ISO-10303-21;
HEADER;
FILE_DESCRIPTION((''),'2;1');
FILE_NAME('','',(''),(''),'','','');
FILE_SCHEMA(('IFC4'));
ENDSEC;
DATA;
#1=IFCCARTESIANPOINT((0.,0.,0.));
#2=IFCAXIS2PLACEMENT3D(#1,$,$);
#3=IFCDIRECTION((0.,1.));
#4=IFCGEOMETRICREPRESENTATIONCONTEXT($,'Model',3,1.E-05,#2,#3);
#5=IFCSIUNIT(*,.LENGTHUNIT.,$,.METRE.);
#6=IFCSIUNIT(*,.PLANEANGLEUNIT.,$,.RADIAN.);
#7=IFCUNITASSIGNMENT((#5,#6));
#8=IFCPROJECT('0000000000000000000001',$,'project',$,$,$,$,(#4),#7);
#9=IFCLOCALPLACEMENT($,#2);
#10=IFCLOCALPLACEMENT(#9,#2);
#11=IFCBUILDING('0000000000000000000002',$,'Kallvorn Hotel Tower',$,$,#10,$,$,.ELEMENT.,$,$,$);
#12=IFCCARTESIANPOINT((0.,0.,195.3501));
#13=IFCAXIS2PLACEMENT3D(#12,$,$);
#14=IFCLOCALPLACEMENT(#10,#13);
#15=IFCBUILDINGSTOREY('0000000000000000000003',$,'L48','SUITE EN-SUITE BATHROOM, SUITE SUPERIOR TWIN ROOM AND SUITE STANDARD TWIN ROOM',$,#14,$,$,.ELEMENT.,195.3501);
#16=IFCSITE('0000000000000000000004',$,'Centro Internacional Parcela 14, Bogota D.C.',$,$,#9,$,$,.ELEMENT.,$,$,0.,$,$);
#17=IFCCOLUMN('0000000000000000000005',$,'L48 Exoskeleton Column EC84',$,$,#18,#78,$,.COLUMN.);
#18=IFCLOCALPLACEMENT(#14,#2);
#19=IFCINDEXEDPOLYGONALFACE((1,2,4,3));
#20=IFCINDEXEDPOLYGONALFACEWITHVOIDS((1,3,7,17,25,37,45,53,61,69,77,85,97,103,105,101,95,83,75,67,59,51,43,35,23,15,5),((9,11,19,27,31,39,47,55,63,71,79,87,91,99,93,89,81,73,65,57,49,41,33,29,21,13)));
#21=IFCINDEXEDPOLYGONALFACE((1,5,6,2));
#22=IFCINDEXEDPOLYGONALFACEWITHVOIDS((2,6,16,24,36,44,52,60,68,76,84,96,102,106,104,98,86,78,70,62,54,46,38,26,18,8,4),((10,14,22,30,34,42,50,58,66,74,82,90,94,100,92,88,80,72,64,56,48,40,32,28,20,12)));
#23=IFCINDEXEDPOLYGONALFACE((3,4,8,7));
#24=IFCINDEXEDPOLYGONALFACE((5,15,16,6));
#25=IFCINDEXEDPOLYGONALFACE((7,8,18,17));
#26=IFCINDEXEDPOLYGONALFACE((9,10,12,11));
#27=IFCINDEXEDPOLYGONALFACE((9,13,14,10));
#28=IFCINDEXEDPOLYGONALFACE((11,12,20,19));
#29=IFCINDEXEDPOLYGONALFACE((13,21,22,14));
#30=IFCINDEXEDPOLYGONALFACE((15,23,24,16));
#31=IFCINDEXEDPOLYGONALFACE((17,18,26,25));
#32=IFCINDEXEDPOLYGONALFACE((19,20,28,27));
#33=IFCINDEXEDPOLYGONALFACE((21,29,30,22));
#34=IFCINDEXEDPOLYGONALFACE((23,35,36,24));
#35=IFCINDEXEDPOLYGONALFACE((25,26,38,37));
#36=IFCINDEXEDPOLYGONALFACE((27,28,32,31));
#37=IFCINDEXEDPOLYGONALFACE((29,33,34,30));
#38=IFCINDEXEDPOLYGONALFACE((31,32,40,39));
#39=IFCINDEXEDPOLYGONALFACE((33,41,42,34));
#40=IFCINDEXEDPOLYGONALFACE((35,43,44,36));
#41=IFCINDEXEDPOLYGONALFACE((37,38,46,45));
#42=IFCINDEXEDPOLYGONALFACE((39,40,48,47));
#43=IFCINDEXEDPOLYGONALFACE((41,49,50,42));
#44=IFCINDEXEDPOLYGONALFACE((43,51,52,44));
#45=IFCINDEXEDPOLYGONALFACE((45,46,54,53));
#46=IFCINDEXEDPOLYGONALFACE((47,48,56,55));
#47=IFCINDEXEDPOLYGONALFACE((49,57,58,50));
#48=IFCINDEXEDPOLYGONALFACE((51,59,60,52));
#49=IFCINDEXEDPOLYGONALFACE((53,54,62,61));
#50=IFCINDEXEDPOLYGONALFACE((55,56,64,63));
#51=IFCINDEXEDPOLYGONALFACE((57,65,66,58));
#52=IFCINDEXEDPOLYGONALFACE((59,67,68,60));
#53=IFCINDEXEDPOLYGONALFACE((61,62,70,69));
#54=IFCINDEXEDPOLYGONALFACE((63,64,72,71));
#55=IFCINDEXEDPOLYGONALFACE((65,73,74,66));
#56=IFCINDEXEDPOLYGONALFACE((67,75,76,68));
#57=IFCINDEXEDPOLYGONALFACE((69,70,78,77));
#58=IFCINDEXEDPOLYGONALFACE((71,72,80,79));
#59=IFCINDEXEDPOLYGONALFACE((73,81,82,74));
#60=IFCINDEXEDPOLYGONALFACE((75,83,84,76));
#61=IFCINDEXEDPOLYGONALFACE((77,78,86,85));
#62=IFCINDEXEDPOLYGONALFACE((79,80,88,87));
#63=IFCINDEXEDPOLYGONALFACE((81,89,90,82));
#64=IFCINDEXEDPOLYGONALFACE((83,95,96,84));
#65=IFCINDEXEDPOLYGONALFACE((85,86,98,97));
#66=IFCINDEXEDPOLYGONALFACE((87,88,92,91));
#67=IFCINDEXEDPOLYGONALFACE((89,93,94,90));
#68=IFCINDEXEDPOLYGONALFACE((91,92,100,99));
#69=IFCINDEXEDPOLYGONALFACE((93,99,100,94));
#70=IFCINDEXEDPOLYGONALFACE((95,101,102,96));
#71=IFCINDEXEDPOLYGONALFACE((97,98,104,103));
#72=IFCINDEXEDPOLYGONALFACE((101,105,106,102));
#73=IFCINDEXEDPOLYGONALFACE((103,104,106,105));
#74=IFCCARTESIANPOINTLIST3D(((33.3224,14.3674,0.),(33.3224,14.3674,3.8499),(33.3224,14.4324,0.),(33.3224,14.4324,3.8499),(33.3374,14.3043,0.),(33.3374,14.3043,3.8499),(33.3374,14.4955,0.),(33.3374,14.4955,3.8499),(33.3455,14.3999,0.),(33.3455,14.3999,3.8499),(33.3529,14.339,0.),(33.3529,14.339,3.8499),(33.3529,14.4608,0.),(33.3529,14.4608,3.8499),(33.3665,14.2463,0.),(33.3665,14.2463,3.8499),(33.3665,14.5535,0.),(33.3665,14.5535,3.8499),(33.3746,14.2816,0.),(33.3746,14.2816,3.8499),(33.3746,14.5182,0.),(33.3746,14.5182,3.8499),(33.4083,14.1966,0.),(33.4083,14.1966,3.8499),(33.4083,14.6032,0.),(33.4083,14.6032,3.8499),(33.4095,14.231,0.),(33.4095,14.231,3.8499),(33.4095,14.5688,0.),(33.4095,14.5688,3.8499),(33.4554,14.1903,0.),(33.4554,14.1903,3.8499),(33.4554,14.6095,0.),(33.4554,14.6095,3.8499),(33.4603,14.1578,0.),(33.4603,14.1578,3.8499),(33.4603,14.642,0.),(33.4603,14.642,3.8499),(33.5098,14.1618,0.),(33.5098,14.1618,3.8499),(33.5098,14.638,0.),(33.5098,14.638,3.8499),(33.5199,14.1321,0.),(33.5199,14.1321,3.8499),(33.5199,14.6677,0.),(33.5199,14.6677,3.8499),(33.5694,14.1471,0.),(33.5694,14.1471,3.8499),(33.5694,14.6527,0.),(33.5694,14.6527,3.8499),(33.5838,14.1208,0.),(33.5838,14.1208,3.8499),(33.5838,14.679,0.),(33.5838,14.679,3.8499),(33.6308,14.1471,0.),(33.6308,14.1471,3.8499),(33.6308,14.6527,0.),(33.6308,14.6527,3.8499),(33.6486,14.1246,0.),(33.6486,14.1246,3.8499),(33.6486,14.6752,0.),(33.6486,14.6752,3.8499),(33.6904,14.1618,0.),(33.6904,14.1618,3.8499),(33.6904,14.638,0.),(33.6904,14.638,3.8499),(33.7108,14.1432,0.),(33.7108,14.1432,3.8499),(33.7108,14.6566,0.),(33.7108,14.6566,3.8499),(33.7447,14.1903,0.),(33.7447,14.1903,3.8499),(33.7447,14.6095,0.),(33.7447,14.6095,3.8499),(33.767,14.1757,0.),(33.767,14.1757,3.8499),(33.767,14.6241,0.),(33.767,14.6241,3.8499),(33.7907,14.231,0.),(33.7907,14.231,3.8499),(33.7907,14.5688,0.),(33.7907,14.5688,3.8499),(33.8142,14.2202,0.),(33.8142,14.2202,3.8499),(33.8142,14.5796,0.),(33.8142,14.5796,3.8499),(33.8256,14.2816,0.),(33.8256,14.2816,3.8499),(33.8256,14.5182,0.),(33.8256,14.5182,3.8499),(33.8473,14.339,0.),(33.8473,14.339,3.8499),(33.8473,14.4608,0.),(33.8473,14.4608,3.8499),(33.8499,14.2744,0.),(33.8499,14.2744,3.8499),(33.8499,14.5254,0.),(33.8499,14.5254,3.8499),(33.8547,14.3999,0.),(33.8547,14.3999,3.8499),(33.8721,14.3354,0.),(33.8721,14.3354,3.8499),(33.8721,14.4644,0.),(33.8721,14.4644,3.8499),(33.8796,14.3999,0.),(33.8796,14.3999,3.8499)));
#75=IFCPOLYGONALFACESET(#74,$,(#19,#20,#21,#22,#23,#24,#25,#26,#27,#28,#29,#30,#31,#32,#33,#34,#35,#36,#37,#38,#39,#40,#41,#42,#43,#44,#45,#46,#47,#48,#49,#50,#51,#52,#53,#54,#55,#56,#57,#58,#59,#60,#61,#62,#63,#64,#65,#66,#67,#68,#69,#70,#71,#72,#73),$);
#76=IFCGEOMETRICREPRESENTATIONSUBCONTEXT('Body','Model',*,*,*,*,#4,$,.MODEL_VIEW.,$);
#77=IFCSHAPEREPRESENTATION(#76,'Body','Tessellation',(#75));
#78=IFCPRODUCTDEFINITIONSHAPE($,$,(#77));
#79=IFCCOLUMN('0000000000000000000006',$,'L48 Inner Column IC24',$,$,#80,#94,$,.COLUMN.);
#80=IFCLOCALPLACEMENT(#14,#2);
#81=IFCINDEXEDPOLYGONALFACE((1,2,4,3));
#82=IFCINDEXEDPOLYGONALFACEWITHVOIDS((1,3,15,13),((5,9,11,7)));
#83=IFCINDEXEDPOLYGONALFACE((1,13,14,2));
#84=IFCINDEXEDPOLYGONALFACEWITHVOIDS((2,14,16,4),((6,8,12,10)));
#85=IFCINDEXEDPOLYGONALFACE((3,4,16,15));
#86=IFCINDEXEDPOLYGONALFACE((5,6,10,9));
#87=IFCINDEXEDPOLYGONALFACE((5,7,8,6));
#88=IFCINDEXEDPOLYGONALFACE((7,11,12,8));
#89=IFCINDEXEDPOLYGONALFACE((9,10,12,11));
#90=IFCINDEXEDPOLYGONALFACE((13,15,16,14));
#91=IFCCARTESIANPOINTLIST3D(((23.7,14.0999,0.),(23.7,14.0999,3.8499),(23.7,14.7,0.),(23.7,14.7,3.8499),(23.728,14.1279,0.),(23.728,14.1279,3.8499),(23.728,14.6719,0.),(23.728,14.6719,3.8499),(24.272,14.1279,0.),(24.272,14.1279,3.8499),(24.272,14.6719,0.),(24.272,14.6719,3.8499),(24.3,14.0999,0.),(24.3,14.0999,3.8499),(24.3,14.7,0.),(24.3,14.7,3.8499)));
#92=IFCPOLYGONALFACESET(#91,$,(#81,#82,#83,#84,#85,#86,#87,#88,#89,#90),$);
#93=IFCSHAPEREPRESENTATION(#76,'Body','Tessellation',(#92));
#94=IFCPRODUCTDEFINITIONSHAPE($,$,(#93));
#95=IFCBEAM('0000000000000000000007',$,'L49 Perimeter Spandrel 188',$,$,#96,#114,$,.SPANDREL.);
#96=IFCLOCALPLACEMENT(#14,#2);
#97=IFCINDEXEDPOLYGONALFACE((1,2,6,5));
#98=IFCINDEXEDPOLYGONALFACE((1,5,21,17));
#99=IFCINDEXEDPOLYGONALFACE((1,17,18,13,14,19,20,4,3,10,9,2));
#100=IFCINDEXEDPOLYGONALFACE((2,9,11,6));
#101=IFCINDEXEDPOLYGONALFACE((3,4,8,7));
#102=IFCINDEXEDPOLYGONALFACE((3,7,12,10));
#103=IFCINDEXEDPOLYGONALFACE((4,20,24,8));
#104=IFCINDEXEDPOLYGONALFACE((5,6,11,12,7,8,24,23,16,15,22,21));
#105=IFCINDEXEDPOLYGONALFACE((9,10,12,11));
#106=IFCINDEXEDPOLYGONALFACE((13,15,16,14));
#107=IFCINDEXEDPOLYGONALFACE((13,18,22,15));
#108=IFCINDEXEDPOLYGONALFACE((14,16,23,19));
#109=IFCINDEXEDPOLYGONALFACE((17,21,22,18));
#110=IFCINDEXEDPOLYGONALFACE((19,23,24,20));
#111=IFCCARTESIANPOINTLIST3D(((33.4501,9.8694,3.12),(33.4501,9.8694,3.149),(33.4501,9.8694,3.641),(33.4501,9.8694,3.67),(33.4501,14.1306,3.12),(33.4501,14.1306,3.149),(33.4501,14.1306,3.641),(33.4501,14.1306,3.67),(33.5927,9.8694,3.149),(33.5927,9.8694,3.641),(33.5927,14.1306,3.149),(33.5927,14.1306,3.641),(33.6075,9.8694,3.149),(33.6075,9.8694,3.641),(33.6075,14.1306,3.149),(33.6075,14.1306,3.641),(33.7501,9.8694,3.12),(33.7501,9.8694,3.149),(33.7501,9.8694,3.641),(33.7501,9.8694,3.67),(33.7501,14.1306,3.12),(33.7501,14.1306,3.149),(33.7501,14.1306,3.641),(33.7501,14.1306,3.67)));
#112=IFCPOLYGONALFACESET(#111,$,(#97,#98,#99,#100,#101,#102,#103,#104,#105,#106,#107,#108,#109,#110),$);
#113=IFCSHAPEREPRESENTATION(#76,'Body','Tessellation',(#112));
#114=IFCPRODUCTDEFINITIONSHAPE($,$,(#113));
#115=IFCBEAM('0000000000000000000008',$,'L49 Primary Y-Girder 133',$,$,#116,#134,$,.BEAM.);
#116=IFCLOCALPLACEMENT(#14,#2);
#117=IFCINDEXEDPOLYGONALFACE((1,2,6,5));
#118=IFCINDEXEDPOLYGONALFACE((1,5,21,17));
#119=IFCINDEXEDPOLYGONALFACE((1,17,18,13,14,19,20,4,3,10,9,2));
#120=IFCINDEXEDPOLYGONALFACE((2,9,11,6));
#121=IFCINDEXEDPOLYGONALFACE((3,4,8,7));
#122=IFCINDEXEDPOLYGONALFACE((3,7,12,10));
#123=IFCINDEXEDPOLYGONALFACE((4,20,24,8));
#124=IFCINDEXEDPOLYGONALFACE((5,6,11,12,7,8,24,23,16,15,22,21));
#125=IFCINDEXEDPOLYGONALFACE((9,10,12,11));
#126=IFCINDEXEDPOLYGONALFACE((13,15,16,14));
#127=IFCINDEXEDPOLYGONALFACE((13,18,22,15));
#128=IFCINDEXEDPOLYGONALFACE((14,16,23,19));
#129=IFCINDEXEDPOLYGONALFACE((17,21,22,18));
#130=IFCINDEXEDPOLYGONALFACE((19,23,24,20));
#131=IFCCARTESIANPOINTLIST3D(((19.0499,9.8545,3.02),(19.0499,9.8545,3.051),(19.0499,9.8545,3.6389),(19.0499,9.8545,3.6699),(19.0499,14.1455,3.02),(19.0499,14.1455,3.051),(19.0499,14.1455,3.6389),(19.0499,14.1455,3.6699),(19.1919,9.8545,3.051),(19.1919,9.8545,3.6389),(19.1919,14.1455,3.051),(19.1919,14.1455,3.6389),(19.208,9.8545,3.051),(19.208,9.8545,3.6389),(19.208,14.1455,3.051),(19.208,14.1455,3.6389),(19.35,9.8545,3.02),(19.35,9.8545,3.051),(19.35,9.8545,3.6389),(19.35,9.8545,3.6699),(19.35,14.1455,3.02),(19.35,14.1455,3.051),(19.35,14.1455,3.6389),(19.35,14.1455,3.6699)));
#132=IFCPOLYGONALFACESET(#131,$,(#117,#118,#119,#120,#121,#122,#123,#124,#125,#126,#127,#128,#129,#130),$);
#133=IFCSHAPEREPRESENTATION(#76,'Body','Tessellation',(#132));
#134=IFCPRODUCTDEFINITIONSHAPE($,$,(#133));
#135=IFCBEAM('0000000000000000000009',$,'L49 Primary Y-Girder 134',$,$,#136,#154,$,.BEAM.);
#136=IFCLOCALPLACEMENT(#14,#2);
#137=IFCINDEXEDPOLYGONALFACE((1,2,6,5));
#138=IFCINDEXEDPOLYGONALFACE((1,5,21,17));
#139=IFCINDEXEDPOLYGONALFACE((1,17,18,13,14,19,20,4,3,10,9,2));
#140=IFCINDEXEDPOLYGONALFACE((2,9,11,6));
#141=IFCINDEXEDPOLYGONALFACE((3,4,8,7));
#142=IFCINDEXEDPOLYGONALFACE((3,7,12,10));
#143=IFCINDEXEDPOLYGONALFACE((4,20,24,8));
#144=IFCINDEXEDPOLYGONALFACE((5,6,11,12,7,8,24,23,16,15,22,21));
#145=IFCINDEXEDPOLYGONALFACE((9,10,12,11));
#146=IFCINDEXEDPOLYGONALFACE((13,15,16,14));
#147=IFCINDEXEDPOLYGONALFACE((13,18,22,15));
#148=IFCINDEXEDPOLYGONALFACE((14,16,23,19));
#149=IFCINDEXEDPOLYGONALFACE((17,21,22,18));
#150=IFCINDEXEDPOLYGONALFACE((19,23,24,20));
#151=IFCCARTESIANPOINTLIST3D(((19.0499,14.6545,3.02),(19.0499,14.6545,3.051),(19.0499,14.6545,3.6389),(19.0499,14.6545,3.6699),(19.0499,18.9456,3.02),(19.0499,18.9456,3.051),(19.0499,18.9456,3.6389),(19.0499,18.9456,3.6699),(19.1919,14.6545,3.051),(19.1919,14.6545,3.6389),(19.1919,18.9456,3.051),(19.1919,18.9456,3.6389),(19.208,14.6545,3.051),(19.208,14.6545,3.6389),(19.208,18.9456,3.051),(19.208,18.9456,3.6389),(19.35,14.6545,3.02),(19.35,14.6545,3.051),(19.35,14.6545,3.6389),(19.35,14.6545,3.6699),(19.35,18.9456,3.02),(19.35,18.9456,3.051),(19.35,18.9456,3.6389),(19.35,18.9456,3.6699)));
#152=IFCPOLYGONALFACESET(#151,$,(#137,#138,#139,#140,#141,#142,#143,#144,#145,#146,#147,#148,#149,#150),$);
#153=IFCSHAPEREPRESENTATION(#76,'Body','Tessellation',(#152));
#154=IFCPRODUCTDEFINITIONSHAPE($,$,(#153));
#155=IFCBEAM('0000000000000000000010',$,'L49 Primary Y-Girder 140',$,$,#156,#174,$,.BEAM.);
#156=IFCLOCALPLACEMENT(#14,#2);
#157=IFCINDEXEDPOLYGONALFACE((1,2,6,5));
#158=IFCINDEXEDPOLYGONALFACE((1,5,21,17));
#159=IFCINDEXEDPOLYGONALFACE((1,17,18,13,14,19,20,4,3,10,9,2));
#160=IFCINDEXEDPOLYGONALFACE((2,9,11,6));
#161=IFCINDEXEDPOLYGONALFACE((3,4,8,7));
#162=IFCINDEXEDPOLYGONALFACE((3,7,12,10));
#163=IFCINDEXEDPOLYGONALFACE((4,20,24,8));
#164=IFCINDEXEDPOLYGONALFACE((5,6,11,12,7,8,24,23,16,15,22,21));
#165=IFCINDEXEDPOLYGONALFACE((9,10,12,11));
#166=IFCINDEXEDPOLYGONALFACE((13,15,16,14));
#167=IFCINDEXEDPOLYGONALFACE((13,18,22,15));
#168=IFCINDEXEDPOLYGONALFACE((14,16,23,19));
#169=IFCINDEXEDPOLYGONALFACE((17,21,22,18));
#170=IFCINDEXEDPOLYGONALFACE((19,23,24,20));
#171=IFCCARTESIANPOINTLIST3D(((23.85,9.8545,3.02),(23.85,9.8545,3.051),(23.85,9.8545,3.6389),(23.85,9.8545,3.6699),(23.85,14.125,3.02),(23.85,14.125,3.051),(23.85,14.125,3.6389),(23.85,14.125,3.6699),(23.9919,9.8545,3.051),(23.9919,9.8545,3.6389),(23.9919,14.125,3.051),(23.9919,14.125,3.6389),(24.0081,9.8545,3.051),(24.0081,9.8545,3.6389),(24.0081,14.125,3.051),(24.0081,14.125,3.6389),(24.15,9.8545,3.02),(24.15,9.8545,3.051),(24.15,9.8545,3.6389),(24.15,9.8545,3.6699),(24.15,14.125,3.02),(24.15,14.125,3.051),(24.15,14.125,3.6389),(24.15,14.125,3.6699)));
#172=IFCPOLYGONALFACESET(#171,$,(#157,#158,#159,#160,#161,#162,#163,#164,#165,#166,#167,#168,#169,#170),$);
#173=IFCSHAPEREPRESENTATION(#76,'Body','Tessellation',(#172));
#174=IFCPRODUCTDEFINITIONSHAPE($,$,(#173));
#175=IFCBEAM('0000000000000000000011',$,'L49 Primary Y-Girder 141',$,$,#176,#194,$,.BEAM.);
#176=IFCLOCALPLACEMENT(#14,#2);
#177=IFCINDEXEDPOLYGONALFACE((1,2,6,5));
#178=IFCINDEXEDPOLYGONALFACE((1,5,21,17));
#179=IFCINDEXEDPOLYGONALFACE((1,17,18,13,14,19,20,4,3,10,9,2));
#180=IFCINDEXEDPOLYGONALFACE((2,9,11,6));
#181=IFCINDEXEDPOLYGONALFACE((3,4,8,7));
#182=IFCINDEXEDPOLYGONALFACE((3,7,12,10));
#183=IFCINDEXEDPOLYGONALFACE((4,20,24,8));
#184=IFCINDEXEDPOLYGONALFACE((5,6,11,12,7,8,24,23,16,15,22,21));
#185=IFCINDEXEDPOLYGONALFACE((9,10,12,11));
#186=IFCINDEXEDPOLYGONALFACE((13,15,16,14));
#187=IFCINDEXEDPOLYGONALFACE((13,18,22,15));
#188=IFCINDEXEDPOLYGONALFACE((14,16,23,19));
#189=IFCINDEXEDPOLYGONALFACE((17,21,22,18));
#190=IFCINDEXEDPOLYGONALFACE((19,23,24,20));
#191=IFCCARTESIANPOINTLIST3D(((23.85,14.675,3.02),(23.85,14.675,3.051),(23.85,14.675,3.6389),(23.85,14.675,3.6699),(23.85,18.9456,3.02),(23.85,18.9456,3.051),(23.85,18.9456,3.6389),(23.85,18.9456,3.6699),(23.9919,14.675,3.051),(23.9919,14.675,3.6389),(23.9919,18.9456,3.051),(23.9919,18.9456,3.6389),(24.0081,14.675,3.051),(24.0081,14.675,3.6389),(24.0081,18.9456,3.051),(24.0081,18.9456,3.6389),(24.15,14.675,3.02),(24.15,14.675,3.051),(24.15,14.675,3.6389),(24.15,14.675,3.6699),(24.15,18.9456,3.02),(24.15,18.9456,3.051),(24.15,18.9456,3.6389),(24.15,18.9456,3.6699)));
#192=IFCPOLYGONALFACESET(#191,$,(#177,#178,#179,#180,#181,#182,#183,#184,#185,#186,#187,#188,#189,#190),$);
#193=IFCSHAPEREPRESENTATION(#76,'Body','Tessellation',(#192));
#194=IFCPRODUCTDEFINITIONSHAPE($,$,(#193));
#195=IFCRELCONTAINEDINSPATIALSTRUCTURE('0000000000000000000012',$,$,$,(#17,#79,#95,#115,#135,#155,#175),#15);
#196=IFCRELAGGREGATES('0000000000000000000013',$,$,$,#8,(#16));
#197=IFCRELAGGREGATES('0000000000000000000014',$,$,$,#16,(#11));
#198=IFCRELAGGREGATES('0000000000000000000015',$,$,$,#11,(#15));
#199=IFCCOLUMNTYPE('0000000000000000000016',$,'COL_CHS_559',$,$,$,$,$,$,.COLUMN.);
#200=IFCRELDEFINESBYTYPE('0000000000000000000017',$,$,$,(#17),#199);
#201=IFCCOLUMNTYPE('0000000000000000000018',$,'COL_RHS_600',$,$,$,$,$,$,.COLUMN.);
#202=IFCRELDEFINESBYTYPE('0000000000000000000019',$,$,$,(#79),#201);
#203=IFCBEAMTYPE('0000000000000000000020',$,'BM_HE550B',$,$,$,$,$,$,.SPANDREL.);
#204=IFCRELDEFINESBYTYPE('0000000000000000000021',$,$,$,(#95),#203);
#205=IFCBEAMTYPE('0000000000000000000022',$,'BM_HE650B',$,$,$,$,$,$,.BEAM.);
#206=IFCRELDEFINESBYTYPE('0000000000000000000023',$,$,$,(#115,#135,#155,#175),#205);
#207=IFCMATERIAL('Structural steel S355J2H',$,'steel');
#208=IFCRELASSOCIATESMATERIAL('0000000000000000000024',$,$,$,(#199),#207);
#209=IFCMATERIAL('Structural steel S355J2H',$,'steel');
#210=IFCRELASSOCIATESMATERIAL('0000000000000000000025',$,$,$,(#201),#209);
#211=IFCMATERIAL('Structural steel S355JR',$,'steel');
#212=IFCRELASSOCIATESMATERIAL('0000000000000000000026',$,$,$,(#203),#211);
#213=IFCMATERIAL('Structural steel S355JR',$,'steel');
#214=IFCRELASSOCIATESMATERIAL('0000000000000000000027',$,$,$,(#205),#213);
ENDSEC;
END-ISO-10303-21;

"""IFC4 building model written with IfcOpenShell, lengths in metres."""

from ifc_helpers import new_model, si_unit, direction, frame, origin, origin_2d, place, context, subcontext, project, spatial, hollow_rectangle, hollow_circle, i_section, extrude, material, material_profile, profile_set, type_object, element, save


model = new_model("IFC4")

# Units and contexts
model_context = context("Model", 3, precision=1e-05, world=origin(), true_north=direction((0.0, 1.0)))
body_context = subcontext(model_context, "Body", "Model", "MODEL_VIEW")
ifc_project = project(units=[si_unit("LENGTHUNIT", "METRE"), si_unit("PLANEANGLEUNIT", "RADIAN")], contexts=[model_context])

# Site, building, storey
site_placement = place(None, origin())
site = spatial("IfcSite", under=ifc_project, at=site_placement, Name="Centro Internacional Parcela 14, Bogota D.C.", CompositionType="ELEMENT", RefElevation=0.0)
building_placement = place(site_placement, origin())
building = spatial("IfcBuilding", under=site, at=building_placement, Name="Kallvorn Hotel Tower", CompositionType="ELEMENT")
storey_placement = place(building_placement, frame((0.0, 0.0, 195.3501)))
storey = spatial("IfcBuildingStorey", under=building, at=storey_placement, Name="L48", Description="SUITE EN-SUITE BATHROOM, SUITE SUPERIOR TWIN ROOM AND SUITE STANDARD TWIN ROOM", CompositionType="ELEMENT", Elevation=195.3501)

# Columns
ifc_material_1 = material(Name="Structural steel S355J2H", Category="steel")
ifc_material_profile_1 = material_profile(ifc_material_1, hollow_circle(Radius=0.2795, WallThickness=0.0249, at=origin_2d()), Name="CHS 559x25")
ifc_profile_set_1 = profile_set([ifc_material_profile_1], Name="Structural steel S355J2H")
column_type_1 = type_object("IfcColumnType", Name="COL_CHS_559", PredefinedType="COLUMN", material=ifc_profile_set_1)
for number, where, z_axis, x_axis, name in (
    (1, (33.6001, 14.3999, 0.0), (0.0, 0.0, 1.0), (1.0, 0.0, 0.0), "L48 Exoskeleton Column EC84"),
):
    element("IfcColumn", number, at=place(storey_placement, frame(where, z_axis=z_axis, x_axis=x_axis)), inside=storey, type_object=column_type_1, Name=name, PredefinedType="COLUMN", context=body_context, shape_type="SweptSolid", body=[
        extrude(hollow_circle(Radius=0.2795, WallThickness=0.0249, at=origin_2d()), origin(), (0.0, 0.0, 1.0), 3.8499),
    ])
ifc_material_2 = material(Name="Structural steel S355J2H", Category="steel")
ifc_material_profile_2 = material_profile(ifc_material_2, hollow_rectangle(XDim=0.6001, YDim=0.6001, WallThickness=0.0281, at=origin_2d()), Name="RHS 600x600x28")
ifc_profile_set_2 = profile_set([ifc_material_profile_2], Name="Structural steel S355J2H")
column_type_2 = type_object("IfcColumnType", Name="COL_RHS_600", PredefinedType="COLUMN", material=ifc_profile_set_2)
column_placement = place(storey_placement, frame((24.0, 14.3999, 0.0), z_axis=(0.0, 0.0, 1.0), x_axis=(1.0, 0.0, 0.0)))
element("IfcColumn", 2, at=column_placement, inside=storey, type_object=column_type_2, Name="L48 Inner Column IC24", PredefinedType="COLUMN", context=body_context, shape_type="SweptSolid", body=[
    extrude(hollow_rectangle(XDim=0.6001, YDim=0.6001, WallThickness=0.0281, at=origin_2d()), origin(), (0.0, 0.0, 1.0), 3.8499),
])

# Beams
ifc_material_3 = material(Name="Structural steel S355JR", Category="steel")
ifc_material_profile_3 = material_profile(ifc_material_3, i_section(OverallWidth=0.3, OverallDepth=0.55, WebThickness=0.0149, FlangeThickness=0.0291, at=origin_2d()), Name="HE 550 B")
ifc_profile_set_3 = profile_set([ifc_material_profile_3], Name="Structural steel S355JR")
beam_type_1 = type_object("IfcBeamType", Name="BM_HE550B", PredefinedType="SPANDREL", material=ifc_profile_set_3)
beam_1_placement = place(storey_placement, frame((33.6001, 9.8694, 3.395), z_axis=(0.0, 1.0, 0.0), x_axis=(-1.0, 0.0, 0.0)))
element("IfcBeam", 3, at=beam_1_placement, inside=storey, type_object=beam_type_1, Name="L49 Perimeter Spandrel 188", PredefinedType="SPANDREL", context=body_context, shape_type="SweptSolid", body=[
    extrude(i_section(OverallWidth=0.3, OverallDepth=0.55, WebThickness=0.0149, FlangeThickness=0.0291, at=origin_2d()), origin(), (0.0, 0.0, 1.0), 4.2612),
])
ifc_material_4 = material(Name="Structural steel S355JR", Category="steel")
ifc_material_profile_4 = material_profile(ifc_material_4, i_section(OverallWidth=0.3, OverallDepth=0.6499, WebThickness=0.0161, FlangeThickness=0.031, at=origin_2d()), Name="HE 650 B")
ifc_profile_set_4 = profile_set([ifc_material_profile_4], Name="Structural steel S355JR")
beam_type_2 = type_object("IfcBeamType", Name="BM_HE650B", PredefinedType="BEAM", material=ifc_profile_set_4)
for number, where, z_axis, x_axis, name in (
    (4, (19.2, 9.8545, 3.345), (0.0, 1.0, 0.0), (-1.0, 0.0, 0.0), "L49 Primary Y-Girder 133"),
    (5, (19.2, 14.6545, 3.345), (0.0, 1.0, 0.0), (-1.0, 0.0, 0.0), "L49 Primary Y-Girder 134"),
):
    element("IfcBeam", number, at=place(storey_placement, frame(where, z_axis=z_axis, x_axis=x_axis)), inside=storey, type_object=beam_type_2, Name=name, PredefinedType="BEAM", context=body_context, shape_type="SweptSolid", body=[
        extrude(i_section(OverallWidth=0.3, OverallDepth=0.6499, WebThickness=0.0161, FlangeThickness=0.031, at=origin_2d()), origin(), (0.0, 0.0, 1.0), 4.291),
    ])
for number, where, z_axis, x_axis, name in (
    (6, (24.0, 9.8545, 3.345), (0.0, 1.0, 0.0), (-1.0, 0.0, 0.0), "L49 Primary Y-Girder 140"),
    (7, (24.0, 14.675, 3.345), (0.0, 1.0, 0.0), (-1.0, 0.0, 0.0), "L49 Primary Y-Girder 141"),
):
    element("IfcBeam", number, at=place(storey_placement, frame(where, z_axis=z_axis, x_axis=x_axis)), inside=storey, type_object=beam_type_2, Name=name, PredefinedType="BEAM", context=body_context, shape_type="SweptSolid", body=[
        extrude(i_section(OverallWidth=0.3, OverallDepth=0.6499, WebThickness=0.0161, FlangeThickness=0.031, at=origin_2d()), origin(), (0.0, 0.0, 1.0), 4.2705),
    ])

save(model, "model.ifc")
